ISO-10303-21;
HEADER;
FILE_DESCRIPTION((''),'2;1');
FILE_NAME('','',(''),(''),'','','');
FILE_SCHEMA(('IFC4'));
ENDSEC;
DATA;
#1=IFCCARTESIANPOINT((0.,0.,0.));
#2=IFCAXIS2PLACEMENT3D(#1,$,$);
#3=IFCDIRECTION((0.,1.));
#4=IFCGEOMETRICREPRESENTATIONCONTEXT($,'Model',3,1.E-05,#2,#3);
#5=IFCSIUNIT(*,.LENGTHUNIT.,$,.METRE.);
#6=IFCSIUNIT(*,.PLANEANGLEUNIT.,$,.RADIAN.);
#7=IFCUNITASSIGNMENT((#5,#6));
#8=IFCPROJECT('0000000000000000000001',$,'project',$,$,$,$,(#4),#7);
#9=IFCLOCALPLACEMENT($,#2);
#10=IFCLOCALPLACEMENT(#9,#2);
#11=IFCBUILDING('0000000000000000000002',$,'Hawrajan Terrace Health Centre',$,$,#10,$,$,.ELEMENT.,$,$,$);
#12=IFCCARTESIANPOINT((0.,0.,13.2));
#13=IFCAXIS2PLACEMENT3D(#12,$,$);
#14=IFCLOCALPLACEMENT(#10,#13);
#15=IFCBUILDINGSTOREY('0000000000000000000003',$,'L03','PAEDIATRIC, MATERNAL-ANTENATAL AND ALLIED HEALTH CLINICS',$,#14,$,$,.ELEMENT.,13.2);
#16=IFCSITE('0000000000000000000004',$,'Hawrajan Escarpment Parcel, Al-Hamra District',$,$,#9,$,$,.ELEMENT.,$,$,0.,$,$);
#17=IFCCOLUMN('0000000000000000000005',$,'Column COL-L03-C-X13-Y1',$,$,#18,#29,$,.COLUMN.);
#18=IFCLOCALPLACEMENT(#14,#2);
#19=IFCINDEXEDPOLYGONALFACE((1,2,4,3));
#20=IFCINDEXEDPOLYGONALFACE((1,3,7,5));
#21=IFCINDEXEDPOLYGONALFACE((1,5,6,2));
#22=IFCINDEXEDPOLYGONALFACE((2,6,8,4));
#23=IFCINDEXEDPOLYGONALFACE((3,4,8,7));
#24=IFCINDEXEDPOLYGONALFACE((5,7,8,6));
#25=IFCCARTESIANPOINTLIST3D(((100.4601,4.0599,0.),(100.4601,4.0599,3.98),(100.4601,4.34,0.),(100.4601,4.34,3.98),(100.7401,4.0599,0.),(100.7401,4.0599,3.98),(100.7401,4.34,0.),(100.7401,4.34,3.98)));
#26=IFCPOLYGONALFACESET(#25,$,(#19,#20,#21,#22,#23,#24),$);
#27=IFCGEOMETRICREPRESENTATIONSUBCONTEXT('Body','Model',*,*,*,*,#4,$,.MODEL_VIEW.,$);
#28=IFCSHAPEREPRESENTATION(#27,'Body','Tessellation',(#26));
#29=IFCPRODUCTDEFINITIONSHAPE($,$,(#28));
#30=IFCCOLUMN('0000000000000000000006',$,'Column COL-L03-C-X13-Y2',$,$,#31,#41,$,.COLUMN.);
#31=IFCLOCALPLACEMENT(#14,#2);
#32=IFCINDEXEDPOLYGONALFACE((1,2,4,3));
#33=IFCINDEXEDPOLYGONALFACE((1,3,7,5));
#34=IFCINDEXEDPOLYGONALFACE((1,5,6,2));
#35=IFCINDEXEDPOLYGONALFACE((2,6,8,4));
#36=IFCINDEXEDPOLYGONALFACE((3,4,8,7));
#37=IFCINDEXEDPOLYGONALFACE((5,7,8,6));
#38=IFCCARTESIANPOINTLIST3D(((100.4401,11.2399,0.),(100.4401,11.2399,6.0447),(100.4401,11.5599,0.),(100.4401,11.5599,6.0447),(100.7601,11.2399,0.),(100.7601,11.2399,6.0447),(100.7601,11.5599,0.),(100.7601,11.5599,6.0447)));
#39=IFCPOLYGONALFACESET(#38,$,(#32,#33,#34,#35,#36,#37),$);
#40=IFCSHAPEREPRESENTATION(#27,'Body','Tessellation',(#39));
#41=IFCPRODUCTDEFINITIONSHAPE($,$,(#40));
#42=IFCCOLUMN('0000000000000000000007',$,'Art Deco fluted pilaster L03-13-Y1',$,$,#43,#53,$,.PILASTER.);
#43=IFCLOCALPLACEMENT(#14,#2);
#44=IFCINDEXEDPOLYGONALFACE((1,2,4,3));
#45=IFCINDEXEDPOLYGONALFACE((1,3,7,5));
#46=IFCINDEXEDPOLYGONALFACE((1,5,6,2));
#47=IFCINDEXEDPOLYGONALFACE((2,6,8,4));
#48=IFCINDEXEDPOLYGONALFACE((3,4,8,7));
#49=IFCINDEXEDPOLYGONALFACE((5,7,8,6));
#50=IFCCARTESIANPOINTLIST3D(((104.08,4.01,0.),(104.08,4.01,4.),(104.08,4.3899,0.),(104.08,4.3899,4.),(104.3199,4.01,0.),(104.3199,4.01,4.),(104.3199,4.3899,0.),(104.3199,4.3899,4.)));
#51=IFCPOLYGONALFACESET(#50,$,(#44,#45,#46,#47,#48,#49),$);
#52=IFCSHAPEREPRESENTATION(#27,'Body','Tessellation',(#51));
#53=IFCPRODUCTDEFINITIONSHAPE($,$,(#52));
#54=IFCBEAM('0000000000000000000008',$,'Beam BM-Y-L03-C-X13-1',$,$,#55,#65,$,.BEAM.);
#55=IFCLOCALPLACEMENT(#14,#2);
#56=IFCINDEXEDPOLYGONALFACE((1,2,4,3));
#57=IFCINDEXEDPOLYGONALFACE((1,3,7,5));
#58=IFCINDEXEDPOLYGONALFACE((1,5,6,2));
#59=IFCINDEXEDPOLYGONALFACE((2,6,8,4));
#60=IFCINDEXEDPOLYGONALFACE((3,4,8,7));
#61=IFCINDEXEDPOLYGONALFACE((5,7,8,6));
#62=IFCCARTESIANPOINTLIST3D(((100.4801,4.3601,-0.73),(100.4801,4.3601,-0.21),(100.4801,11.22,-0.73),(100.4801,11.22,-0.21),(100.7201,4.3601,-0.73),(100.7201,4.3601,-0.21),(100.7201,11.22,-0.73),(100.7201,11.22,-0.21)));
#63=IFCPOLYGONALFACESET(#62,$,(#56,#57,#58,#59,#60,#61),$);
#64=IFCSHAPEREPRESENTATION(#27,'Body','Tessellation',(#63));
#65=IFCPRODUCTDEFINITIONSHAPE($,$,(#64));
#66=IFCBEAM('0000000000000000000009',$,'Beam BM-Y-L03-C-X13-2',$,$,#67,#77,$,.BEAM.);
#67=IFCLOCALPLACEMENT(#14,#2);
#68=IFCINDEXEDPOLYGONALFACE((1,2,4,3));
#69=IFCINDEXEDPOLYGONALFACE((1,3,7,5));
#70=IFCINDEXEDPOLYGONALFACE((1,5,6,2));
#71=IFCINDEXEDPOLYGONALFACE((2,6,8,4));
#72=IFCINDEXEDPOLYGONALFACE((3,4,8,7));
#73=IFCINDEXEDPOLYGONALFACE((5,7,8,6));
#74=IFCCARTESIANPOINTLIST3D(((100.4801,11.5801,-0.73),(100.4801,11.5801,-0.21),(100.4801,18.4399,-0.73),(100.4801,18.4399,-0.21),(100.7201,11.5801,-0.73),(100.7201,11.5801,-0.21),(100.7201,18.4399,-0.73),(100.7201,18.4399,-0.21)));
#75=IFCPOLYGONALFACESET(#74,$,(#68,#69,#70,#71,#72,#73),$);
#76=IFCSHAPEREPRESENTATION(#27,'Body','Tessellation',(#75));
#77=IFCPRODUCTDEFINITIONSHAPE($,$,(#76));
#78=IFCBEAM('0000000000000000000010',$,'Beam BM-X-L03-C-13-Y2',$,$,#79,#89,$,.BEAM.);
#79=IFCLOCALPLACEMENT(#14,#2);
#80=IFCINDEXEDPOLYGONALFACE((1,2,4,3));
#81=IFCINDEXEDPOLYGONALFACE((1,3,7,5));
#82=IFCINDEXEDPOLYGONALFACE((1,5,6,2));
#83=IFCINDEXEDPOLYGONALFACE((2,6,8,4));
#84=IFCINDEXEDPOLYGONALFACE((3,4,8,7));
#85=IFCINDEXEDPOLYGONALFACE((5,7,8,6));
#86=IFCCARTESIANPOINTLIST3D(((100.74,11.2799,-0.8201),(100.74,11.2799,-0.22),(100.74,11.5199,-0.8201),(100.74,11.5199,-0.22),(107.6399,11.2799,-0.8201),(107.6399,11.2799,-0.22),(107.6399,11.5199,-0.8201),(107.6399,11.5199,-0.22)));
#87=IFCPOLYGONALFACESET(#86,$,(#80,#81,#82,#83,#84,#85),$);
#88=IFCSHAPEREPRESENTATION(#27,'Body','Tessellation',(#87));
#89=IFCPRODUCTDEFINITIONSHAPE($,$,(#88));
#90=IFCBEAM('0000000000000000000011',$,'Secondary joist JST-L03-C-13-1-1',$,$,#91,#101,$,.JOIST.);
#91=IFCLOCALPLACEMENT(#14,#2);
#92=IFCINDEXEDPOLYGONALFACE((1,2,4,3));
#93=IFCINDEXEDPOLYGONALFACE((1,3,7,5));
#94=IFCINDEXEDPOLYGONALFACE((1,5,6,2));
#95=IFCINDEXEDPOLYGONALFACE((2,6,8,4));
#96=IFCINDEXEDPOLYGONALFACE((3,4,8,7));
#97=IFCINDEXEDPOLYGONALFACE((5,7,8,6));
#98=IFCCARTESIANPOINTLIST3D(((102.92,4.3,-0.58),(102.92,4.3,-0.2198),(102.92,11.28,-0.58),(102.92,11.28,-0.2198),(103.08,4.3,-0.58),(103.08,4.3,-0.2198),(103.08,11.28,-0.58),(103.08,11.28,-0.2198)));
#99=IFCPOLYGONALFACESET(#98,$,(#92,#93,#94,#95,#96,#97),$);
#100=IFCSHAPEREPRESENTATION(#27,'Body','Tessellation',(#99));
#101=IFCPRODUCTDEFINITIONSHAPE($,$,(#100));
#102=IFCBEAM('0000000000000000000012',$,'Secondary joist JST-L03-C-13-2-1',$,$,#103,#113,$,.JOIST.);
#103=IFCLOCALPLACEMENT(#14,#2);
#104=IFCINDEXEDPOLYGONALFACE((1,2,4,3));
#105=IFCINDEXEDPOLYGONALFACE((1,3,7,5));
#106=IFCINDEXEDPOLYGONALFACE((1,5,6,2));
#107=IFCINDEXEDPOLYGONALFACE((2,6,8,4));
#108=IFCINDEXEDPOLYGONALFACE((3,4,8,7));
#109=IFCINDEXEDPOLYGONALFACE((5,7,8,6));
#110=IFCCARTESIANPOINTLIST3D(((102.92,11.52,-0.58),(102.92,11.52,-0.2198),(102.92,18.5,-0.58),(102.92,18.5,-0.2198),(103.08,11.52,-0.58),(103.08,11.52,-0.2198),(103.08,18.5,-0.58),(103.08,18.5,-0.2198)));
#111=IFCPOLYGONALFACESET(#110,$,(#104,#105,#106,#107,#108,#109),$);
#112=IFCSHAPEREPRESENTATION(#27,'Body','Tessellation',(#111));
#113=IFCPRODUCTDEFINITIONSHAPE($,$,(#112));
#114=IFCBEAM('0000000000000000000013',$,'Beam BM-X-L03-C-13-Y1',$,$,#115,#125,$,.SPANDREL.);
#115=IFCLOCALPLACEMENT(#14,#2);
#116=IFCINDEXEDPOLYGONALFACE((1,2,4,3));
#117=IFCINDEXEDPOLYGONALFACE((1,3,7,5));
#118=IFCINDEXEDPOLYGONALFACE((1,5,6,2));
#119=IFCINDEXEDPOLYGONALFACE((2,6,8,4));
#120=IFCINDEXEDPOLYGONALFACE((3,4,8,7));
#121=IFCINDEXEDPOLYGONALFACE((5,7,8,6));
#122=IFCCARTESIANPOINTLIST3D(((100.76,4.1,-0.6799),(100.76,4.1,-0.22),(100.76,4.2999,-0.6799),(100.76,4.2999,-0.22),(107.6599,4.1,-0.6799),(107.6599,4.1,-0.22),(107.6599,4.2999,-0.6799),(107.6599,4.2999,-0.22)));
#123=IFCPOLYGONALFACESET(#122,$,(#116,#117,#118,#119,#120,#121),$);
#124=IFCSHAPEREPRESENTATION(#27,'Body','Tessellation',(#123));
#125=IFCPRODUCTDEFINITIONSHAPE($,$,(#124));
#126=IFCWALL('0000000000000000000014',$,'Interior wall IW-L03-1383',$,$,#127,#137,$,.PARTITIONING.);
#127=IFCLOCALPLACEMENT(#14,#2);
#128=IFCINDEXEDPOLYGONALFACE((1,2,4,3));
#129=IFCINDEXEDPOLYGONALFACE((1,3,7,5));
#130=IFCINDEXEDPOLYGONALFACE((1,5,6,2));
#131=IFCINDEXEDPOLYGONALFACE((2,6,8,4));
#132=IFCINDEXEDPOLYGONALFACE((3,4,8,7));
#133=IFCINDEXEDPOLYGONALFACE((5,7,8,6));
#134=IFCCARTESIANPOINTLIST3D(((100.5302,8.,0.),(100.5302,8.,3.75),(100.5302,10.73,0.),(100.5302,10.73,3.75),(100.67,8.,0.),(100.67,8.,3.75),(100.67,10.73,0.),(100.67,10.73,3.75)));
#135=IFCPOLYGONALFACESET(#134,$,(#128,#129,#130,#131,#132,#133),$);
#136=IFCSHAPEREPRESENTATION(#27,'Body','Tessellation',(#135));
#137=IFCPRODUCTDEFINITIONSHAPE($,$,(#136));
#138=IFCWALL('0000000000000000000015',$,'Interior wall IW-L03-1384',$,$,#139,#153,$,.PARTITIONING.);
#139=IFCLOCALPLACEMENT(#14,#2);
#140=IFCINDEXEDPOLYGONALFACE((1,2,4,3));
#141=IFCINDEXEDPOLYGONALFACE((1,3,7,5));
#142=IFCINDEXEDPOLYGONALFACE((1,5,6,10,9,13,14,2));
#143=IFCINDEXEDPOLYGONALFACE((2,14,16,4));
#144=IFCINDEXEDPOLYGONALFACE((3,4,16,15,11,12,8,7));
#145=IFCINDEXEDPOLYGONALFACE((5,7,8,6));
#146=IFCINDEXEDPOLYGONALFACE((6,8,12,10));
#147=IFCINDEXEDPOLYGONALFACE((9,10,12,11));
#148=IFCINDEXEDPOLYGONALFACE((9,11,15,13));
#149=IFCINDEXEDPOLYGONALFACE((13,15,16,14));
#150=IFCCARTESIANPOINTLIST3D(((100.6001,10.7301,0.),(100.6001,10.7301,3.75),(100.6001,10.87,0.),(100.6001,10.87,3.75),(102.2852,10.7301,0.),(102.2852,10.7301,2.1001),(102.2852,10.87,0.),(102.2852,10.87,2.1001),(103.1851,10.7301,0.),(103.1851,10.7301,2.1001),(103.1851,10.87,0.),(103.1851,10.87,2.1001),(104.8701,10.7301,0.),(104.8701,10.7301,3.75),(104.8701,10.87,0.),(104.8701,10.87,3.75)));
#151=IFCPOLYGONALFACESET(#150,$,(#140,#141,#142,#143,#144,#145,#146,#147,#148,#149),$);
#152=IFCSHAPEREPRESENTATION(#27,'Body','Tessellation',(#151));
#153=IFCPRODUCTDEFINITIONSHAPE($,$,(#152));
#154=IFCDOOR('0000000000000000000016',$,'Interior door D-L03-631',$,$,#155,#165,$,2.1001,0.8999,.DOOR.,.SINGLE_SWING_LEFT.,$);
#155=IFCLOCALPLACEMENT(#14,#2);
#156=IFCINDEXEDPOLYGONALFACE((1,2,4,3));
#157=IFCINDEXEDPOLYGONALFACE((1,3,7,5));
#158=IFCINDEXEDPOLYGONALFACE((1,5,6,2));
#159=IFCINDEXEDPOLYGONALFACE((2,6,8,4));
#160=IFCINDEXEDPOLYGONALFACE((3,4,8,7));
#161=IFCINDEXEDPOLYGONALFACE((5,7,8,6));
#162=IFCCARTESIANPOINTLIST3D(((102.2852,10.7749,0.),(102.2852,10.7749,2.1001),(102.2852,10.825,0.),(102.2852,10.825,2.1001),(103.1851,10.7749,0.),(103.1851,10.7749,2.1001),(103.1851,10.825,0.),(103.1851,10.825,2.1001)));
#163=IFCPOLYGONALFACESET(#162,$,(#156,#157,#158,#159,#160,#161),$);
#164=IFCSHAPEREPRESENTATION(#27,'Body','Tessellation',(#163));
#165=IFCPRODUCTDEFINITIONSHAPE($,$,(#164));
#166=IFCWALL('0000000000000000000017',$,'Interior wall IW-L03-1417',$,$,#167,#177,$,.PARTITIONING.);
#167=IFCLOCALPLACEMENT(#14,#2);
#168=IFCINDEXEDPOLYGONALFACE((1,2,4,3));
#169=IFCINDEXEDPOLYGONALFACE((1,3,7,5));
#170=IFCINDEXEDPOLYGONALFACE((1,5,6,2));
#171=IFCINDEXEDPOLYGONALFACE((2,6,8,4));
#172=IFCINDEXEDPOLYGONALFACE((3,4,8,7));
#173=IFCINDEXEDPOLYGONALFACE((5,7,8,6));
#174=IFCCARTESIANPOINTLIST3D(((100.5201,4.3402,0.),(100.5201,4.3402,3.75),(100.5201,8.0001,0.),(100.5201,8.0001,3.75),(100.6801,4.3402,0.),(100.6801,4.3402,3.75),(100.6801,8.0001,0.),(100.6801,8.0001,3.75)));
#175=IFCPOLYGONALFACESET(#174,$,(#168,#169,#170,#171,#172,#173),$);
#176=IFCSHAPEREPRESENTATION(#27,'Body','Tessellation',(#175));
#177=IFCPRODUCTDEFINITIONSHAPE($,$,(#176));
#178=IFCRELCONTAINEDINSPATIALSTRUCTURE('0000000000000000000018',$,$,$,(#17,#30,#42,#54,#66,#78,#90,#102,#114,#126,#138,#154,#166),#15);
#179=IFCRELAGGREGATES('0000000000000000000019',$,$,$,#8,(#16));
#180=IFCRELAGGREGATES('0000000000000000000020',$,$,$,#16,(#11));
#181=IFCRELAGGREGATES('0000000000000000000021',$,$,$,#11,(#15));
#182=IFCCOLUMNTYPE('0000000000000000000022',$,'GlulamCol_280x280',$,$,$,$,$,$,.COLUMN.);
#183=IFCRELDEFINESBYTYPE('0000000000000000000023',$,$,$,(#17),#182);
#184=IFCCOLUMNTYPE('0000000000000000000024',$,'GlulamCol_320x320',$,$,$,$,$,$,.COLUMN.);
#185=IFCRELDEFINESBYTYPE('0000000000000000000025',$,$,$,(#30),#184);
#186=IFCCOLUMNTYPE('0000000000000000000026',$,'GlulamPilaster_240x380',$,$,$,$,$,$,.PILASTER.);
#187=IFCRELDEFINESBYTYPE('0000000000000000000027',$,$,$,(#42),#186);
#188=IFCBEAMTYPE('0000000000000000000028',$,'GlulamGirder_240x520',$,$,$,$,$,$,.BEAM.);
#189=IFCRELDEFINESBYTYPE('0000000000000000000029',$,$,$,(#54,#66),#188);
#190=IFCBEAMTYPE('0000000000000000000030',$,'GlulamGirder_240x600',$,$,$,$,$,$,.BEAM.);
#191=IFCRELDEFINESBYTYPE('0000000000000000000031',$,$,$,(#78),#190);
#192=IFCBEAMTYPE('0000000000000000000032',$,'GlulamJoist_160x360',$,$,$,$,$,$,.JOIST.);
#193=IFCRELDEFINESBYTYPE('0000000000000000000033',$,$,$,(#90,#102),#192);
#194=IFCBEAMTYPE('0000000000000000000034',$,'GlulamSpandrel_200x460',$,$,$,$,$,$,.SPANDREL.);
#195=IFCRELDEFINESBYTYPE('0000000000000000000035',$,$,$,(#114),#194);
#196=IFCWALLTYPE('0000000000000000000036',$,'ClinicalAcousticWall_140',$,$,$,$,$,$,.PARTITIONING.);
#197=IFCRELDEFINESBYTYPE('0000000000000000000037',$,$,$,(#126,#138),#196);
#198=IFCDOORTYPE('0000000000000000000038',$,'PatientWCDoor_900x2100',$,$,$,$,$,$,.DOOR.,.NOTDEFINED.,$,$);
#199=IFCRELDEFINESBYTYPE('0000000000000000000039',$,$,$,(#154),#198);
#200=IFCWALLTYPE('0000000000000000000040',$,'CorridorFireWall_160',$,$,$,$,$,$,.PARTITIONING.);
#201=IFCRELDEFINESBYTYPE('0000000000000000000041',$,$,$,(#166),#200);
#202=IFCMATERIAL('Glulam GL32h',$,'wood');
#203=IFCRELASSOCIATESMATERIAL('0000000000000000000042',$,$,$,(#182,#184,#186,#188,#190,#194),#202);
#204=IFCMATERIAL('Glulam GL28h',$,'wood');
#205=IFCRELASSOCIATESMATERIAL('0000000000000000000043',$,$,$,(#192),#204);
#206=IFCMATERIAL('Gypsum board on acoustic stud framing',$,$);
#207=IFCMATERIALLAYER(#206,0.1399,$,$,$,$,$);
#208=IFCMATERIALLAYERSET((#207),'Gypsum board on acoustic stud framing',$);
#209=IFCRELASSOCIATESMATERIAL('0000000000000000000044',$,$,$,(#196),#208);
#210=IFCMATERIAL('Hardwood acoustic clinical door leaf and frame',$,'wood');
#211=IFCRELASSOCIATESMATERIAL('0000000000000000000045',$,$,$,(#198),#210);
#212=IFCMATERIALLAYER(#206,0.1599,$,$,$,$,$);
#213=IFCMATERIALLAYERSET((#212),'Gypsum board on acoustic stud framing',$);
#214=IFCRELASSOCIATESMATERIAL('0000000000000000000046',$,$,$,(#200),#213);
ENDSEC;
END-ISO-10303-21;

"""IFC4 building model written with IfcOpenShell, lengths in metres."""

from ifc_helpers import new_model, si_unit, direction, frame, frame_2d, origin, origin_2d, place, context, subcontext, project, spatial, rectangle, extrude, material, layer, layer_set, material_profile, profile_set, type_object, element, fill, save


model = new_model("IFC4")

# Units and contexts
model_context = context("Model", 3, precision=1e-05, world=origin(), true_north=direction((0.0, 1.0)))
body_context = subcontext(model_context, "Body", "Model", "MODEL_VIEW")
ifc_project = project(units=[si_unit("LENGTHUNIT", "METRE"), si_unit("PLANEANGLEUNIT", "RADIAN")], contexts=[model_context])

# Site, building, storey
site_placement = place(None, origin())
site = spatial("IfcSite", under=ifc_project, at=site_placement, Name="Hawrajan Escarpment Parcel, Al-Hamra District", CompositionType="ELEMENT", RefElevation=0.0)
building_placement = place(site_placement, origin())
building = spatial("IfcBuilding", under=site, at=building_placement, Name="Hawrajan Terrace Health Centre", CompositionType="ELEMENT")
storey_placement = place(building_placement, frame((0.0, 0.0, 13.2)))
storey = spatial("IfcBuildingStorey", under=building, at=storey_placement, Name="L03", Description="PAEDIATRIC, MATERNAL-ANTENATAL AND ALLIED HEALTH CLINICS", CompositionType="ELEMENT", Elevation=13.2)

# Columns
ifc_material_1 = material(Name="Glulam GL32h", Category="wood")
ifc_material_profile_1 = material_profile(ifc_material_1, rectangle(XDim=0.28, YDim=0.28, at=origin_2d()), Name="GL 280x280")
ifc_profile_set_1 = profile_set([ifc_material_profile_1], Name="Glulam GL32h")
column_type_1 = type_object("IfcColumnType", Name="GlulamCol_280x280", PredefinedType="COLUMN", material=ifc_profile_set_1)
column_1_placement = place(storey_placement, frame((100.6001, 4.2, 0.0), z_axis=(0.0, 0.0, 1.0), x_axis=(1.0, 0.0, 0.0)))
element("IfcColumn", 1, at=column_1_placement, inside=storey, type_object=column_type_1, Name="Column COL-L03-C-X13-Y1", PredefinedType="COLUMN", context=body_context, shape_type="SweptSolid", body=[
    extrude(rectangle(XDim=0.28, YDim=0.28, at=origin_2d()), origin(), (0.0, 0.0, 1.0), 3.98),
])
ifc_material_profile_2 = material_profile(ifc_material_1, rectangle(XDim=0.3201, YDim=0.3201, at=origin_2d()), Name="GL 320x320")
ifc_profile_set_2 = profile_set([ifc_material_profile_2], Name="Glulam GL32h")
column_type_2 = type_object("IfcColumnType", Name="GlulamCol_320x320", PredefinedType="COLUMN", material=ifc_profile_set_2)
column_2_placement = place(storey_placement, frame((100.6001, 11.3999, 0.0), z_axis=(0.0, 0.0, 1.0), x_axis=(1.0, 0.0, 0.0)))
element("IfcColumn", 2, at=column_2_placement, inside=storey, type_object=column_type_2, Name="Column COL-L03-C-X13-Y2", PredefinedType="COLUMN", context=body_context, shape_type="SweptSolid", body=[
    extrude(rectangle(XDim=0.3201, YDim=0.3201, at=origin_2d()), origin(), (0.0, 0.0, 1.0), 6.0447),
])
ifc_material_profile_3 = material_profile(ifc_material_1, rectangle(XDim=0.24, YDim=0.3799, at=origin_2d()), Name="GL PIL 240x380")
ifc_profile_set_3 = profile_set([ifc_material_profile_3], Name="Glulam GL32h")
column_type_3 = type_object("IfcColumnType", Name="GlulamPilaster_240x380", PredefinedType="PILASTER", material=ifc_profile_set_3)
column_3_placement = place(storey_placement, frame((104.2, 4.2, 0.0), z_axis=(0.0, 0.0, 1.0), x_axis=(1.0, 0.0, 0.0)))
element("IfcColumn", 3, at=column_3_placement, inside=storey, type_object=column_type_3, Name="Art Deco fluted pilaster L03-13-Y1", PredefinedType="PILASTER", context=body_context, shape_type="SweptSolid", body=[
    extrude(rectangle(XDim=0.24, YDim=0.3799, at=origin_2d()), origin(), (0.0, 0.0, 1.0), 4.0),
])

# Beams
ifc_material_profile_4 = material_profile(ifc_material_1, rectangle(XDim=0.24, YDim=0.52, at=origin_2d()), Name="GL BM 240x520")
ifc_profile_set_4 = profile_set([ifc_material_profile_4], Name="Glulam GL32h")
beam_type_1 = type_object("IfcBeamType", Name="GlulamGirder_240x520", PredefinedType="BEAM", material=ifc_profile_set_4)
for number, where, z_axis, x_axis, name in (
    (4, (100.6001, 4.3601, -0.47), (0.0, 1.0, 0.0), (-1.0, 0.0, 0.0), "Beam BM-Y-L03-C-X13-1"),
    (5, (100.6001, 11.5801, -0.47), (0.0, 1.0, 0.0), (-1.0, 0.0, 0.0), "Beam BM-Y-L03-C-X13-2"),
):
    element("IfcBeam", number, at=place(storey_placement, frame(where, z_axis=z_axis, x_axis=x_axis)), inside=storey, type_object=beam_type_1, Name=name, PredefinedType="BEAM", context=body_context, shape_type="SweptSolid", body=[
        extrude(rectangle(XDim=0.24, YDim=0.52, at=origin_2d()), origin(), (0.0, 0.0, 1.0), 6.8599),
    ])
ifc_material_profile_5 = material_profile(ifc_material_1, rectangle(XDim=0.24, YDim=0.6001, at=origin_2d()), Name="GL BM 240x600")
ifc_profile_set_5 = profile_set([ifc_material_profile_5], Name="Glulam GL32h")
beam_type_2 = type_object("IfcBeamType", Name="GlulamGirder_240x600", PredefinedType="BEAM", material=ifc_profile_set_5)
beam_1_placement = place(storey_placement, frame((100.74, 11.3999, -0.52), z_axis=(1.0, 0.0, 0.0), x_axis=(0.0, 1.0, 0.0)))
element("IfcBeam", 6, at=beam_1_placement, inside=storey, type_object=beam_type_2, Name="Beam BM-X-L03-C-13-Y2", PredefinedType="BEAM", context=body_context, shape_type="SweptSolid", body=[
    extrude(rectangle(XDim=0.24, YDim=0.6001, at=origin_2d()), origin(), (0.0, 0.0, 1.0), 6.8999),
])
ifc_material_2 = material(Name="Glulam GL28h", Category="wood")
ifc_material_profile_6 = material_profile(ifc_material_2, rectangle(XDim=0.1599, YDim=0.3601, at=origin_2d()), Name="GL JST 160x360")
ifc_profile_set_6 = profile_set([ifc_material_profile_6], Name="Glulam GL28h")
beam_type_3 = type_object("IfcBeamType", Name="GlulamJoist_160x360", PredefinedType="JOIST", material=ifc_profile_set_6)
for number, where, z_axis, x_axis, name in (
    (7, (103.0, 4.3, -0.3999), (0.0, 1.0, 0.0), (-1.0, 0.0, 0.0), "Secondary joist JST-L03-C-13-1-1"),
    (8, (103.0, 11.52, -0.3999), (0.0, 1.0, 0.0), (-1.0, 0.0, 0.0), "Secondary joist JST-L03-C-13-2-1"),
):
    element("IfcBeam", number, at=place(storey_placement, frame(where, z_axis=z_axis, x_axis=x_axis)), inside=storey, type_object=beam_type_3, Name=name, PredefinedType="JOIST", context=body_context, shape_type="SweptSolid", body=[
        extrude(rectangle(XDim=0.1599, YDim=0.3601, at=origin_2d()), origin(), (0.0, 0.0, 1.0), 6.98),
    ])
ifc_material_profile_7 = material_profile(ifc_material_1, rectangle(XDim=0.2, YDim=0.46, at=origin_2d()), Name="GL SP 200x460")
ifc_profile_set_7 = profile_set([ifc_material_profile_7], Name="Glulam GL32h")
beam_type_4 = type_object("IfcBeamType", Name="GlulamSpandrel_200x460", PredefinedType="SPANDREL", material=ifc_profile_set_7)
beam_2_placement = place(storey_placement, frame((100.76, 4.2, -0.45), z_axis=(1.0, 0.0, 0.0), x_axis=(0.0, 1.0, 0.0)))
element("IfcBeam", 9, at=beam_2_placement, inside=storey, type_object=beam_type_4, Name="Beam BM-X-L03-C-13-Y1", PredefinedType="SPANDREL", context=body_context, shape_type="SweptSolid", body=[
    extrude(rectangle(XDim=0.2, YDim=0.46, at=origin_2d()), origin(), (0.0, 0.0, 1.0), 6.8999),
])

# Wall
ifc_material_3 = material(Name="Gypsum board on acoustic stud framing")
ifc_layer_1 = layer(ifc_material_3, 0.1399)
ifc_layer_set_1 = layer_set([ifc_layer_1], Name="Gypsum board on acoustic stud framing")
wall_type_1 = type_object("IfcWallType", Name="ClinicalAcousticWall_140", PredefinedType="PARTITIONING", material=ifc_layer_set_1)
wall_1_placement = place(storey_placement, frame((100.6001, 8.0, 0.0), z_axis=(0.0, 0.0, 1.0), x_axis=(0.0, 1.0, 0.0)))
element("IfcWall", 10, at=wall_1_placement, inside=storey, type_object=wall_type_1, Name="Interior wall IW-L03-1383", PredefinedType="PARTITIONING", context=body_context, shape_type="SweptSolid", body=[
    extrude(rectangle(XDim=2.73, YDim=0.1399, at=frame_2d((1.365, 0.0))), origin(), (0.0, 0.0, 1.0), 3.75),
])

# Wall, opening, door
wall_2_placement = place(storey_placement, frame((100.6001, 10.8, 0.0), z_axis=(0.0, 0.0, 1.0), x_axis=(1.0, 0.0, 0.0)))
wall_2 = element("IfcWall", 11, at=wall_2_placement, inside=storey, type_object=wall_type_1, Name="Interior wall IW-L03-1384", PredefinedType="PARTITIONING", context=body_context, shape_type="SweptSolid", body=[
    extrude(rectangle(XDim=4.27, YDim=0.1399, at=frame_2d((2.135, 0.0))), origin(), (0.0, 0.0, 1.0), 3.75),
])
opening_1_placement = place(wall_2_placement, frame((1.6851, 0.0, 0.0)))
opening_1 = element("IfcOpeningElement", 12, at=opening_1_placement, cuts=wall_2, PredefinedType="OPENING", context=body_context, shape_type="SweptSolid", body=[
    extrude(rectangle(XDim=0.8999, YDim=2.1001, at=frame_2d((0.45, 1.05))), frame((0.0, 0.0798, 0.0), z_axis=(0.0, -1.0, 0.0), x_axis=(1.0, 0.0, 0.0)), (0.0, 0.0, 1.0), 0.1599),
])
ifc_material_4 = material(Name="Hardwood acoustic clinical door leaf and frame", Category="wood")
door_type = type_object("IfcDoorType", Name="PatientWCDoor_900x2100", OperationType="NOTDEFINED", PredefinedType="DOOR", material=ifc_material_4)
door_placement = place(opening_1_placement, origin())
door = element("IfcDoor", 13, at=door_placement, inside=storey, type_object=door_type, Name="Interior door D-L03-631", OperationType="SINGLE_SWING_LEFT", OverallHeight=2.1001, OverallWidth=0.8999, PredefinedType="DOOR", context=body_context, shape_type="SweptSolid", body=[
    extrude(rectangle(XDim=0.8999, YDim=2.1001, at=frame_2d((0.45, 1.05))), frame((0.0, 0.0249, 0.0), z_axis=(0.0, -1.0, 0.0), x_axis=(1.0, 0.0, 0.0)), (0.0, 0.0, 1.0), 0.05),
])
fill(opening_1, door)

# Wall
ifc_layer_2 = layer(ifc_material_3, 0.1599)
ifc_layer_set_2 = layer_set([ifc_layer_2], Name="Gypsum board on acoustic stud framing")
wall_type_2 = type_object("IfcWallType", Name="CorridorFireWall_160", PredefinedType="PARTITIONING", material=ifc_layer_set_2)
wall_3_placement = place(storey_placement, frame((100.6001, 4.3401, 0.0), z_axis=(0.0, 0.0, 1.0), x_axis=(0.0, 1.0, 0.0)))
element("IfcWall", 14, at=wall_3_placement, inside=storey, type_object=wall_type_2, Name="Interior wall IW-L03-1417", PredefinedType="PARTITIONING", context=body_context, shape_type="SweptSolid", body=[
    extrude(rectangle(XDim=3.6599, YDim=0.1599, at=frame_2d((1.8301, 0.0))), origin(), (0.0, 0.0, 1.0), 3.75),
])

save(model, "model.ifc")
